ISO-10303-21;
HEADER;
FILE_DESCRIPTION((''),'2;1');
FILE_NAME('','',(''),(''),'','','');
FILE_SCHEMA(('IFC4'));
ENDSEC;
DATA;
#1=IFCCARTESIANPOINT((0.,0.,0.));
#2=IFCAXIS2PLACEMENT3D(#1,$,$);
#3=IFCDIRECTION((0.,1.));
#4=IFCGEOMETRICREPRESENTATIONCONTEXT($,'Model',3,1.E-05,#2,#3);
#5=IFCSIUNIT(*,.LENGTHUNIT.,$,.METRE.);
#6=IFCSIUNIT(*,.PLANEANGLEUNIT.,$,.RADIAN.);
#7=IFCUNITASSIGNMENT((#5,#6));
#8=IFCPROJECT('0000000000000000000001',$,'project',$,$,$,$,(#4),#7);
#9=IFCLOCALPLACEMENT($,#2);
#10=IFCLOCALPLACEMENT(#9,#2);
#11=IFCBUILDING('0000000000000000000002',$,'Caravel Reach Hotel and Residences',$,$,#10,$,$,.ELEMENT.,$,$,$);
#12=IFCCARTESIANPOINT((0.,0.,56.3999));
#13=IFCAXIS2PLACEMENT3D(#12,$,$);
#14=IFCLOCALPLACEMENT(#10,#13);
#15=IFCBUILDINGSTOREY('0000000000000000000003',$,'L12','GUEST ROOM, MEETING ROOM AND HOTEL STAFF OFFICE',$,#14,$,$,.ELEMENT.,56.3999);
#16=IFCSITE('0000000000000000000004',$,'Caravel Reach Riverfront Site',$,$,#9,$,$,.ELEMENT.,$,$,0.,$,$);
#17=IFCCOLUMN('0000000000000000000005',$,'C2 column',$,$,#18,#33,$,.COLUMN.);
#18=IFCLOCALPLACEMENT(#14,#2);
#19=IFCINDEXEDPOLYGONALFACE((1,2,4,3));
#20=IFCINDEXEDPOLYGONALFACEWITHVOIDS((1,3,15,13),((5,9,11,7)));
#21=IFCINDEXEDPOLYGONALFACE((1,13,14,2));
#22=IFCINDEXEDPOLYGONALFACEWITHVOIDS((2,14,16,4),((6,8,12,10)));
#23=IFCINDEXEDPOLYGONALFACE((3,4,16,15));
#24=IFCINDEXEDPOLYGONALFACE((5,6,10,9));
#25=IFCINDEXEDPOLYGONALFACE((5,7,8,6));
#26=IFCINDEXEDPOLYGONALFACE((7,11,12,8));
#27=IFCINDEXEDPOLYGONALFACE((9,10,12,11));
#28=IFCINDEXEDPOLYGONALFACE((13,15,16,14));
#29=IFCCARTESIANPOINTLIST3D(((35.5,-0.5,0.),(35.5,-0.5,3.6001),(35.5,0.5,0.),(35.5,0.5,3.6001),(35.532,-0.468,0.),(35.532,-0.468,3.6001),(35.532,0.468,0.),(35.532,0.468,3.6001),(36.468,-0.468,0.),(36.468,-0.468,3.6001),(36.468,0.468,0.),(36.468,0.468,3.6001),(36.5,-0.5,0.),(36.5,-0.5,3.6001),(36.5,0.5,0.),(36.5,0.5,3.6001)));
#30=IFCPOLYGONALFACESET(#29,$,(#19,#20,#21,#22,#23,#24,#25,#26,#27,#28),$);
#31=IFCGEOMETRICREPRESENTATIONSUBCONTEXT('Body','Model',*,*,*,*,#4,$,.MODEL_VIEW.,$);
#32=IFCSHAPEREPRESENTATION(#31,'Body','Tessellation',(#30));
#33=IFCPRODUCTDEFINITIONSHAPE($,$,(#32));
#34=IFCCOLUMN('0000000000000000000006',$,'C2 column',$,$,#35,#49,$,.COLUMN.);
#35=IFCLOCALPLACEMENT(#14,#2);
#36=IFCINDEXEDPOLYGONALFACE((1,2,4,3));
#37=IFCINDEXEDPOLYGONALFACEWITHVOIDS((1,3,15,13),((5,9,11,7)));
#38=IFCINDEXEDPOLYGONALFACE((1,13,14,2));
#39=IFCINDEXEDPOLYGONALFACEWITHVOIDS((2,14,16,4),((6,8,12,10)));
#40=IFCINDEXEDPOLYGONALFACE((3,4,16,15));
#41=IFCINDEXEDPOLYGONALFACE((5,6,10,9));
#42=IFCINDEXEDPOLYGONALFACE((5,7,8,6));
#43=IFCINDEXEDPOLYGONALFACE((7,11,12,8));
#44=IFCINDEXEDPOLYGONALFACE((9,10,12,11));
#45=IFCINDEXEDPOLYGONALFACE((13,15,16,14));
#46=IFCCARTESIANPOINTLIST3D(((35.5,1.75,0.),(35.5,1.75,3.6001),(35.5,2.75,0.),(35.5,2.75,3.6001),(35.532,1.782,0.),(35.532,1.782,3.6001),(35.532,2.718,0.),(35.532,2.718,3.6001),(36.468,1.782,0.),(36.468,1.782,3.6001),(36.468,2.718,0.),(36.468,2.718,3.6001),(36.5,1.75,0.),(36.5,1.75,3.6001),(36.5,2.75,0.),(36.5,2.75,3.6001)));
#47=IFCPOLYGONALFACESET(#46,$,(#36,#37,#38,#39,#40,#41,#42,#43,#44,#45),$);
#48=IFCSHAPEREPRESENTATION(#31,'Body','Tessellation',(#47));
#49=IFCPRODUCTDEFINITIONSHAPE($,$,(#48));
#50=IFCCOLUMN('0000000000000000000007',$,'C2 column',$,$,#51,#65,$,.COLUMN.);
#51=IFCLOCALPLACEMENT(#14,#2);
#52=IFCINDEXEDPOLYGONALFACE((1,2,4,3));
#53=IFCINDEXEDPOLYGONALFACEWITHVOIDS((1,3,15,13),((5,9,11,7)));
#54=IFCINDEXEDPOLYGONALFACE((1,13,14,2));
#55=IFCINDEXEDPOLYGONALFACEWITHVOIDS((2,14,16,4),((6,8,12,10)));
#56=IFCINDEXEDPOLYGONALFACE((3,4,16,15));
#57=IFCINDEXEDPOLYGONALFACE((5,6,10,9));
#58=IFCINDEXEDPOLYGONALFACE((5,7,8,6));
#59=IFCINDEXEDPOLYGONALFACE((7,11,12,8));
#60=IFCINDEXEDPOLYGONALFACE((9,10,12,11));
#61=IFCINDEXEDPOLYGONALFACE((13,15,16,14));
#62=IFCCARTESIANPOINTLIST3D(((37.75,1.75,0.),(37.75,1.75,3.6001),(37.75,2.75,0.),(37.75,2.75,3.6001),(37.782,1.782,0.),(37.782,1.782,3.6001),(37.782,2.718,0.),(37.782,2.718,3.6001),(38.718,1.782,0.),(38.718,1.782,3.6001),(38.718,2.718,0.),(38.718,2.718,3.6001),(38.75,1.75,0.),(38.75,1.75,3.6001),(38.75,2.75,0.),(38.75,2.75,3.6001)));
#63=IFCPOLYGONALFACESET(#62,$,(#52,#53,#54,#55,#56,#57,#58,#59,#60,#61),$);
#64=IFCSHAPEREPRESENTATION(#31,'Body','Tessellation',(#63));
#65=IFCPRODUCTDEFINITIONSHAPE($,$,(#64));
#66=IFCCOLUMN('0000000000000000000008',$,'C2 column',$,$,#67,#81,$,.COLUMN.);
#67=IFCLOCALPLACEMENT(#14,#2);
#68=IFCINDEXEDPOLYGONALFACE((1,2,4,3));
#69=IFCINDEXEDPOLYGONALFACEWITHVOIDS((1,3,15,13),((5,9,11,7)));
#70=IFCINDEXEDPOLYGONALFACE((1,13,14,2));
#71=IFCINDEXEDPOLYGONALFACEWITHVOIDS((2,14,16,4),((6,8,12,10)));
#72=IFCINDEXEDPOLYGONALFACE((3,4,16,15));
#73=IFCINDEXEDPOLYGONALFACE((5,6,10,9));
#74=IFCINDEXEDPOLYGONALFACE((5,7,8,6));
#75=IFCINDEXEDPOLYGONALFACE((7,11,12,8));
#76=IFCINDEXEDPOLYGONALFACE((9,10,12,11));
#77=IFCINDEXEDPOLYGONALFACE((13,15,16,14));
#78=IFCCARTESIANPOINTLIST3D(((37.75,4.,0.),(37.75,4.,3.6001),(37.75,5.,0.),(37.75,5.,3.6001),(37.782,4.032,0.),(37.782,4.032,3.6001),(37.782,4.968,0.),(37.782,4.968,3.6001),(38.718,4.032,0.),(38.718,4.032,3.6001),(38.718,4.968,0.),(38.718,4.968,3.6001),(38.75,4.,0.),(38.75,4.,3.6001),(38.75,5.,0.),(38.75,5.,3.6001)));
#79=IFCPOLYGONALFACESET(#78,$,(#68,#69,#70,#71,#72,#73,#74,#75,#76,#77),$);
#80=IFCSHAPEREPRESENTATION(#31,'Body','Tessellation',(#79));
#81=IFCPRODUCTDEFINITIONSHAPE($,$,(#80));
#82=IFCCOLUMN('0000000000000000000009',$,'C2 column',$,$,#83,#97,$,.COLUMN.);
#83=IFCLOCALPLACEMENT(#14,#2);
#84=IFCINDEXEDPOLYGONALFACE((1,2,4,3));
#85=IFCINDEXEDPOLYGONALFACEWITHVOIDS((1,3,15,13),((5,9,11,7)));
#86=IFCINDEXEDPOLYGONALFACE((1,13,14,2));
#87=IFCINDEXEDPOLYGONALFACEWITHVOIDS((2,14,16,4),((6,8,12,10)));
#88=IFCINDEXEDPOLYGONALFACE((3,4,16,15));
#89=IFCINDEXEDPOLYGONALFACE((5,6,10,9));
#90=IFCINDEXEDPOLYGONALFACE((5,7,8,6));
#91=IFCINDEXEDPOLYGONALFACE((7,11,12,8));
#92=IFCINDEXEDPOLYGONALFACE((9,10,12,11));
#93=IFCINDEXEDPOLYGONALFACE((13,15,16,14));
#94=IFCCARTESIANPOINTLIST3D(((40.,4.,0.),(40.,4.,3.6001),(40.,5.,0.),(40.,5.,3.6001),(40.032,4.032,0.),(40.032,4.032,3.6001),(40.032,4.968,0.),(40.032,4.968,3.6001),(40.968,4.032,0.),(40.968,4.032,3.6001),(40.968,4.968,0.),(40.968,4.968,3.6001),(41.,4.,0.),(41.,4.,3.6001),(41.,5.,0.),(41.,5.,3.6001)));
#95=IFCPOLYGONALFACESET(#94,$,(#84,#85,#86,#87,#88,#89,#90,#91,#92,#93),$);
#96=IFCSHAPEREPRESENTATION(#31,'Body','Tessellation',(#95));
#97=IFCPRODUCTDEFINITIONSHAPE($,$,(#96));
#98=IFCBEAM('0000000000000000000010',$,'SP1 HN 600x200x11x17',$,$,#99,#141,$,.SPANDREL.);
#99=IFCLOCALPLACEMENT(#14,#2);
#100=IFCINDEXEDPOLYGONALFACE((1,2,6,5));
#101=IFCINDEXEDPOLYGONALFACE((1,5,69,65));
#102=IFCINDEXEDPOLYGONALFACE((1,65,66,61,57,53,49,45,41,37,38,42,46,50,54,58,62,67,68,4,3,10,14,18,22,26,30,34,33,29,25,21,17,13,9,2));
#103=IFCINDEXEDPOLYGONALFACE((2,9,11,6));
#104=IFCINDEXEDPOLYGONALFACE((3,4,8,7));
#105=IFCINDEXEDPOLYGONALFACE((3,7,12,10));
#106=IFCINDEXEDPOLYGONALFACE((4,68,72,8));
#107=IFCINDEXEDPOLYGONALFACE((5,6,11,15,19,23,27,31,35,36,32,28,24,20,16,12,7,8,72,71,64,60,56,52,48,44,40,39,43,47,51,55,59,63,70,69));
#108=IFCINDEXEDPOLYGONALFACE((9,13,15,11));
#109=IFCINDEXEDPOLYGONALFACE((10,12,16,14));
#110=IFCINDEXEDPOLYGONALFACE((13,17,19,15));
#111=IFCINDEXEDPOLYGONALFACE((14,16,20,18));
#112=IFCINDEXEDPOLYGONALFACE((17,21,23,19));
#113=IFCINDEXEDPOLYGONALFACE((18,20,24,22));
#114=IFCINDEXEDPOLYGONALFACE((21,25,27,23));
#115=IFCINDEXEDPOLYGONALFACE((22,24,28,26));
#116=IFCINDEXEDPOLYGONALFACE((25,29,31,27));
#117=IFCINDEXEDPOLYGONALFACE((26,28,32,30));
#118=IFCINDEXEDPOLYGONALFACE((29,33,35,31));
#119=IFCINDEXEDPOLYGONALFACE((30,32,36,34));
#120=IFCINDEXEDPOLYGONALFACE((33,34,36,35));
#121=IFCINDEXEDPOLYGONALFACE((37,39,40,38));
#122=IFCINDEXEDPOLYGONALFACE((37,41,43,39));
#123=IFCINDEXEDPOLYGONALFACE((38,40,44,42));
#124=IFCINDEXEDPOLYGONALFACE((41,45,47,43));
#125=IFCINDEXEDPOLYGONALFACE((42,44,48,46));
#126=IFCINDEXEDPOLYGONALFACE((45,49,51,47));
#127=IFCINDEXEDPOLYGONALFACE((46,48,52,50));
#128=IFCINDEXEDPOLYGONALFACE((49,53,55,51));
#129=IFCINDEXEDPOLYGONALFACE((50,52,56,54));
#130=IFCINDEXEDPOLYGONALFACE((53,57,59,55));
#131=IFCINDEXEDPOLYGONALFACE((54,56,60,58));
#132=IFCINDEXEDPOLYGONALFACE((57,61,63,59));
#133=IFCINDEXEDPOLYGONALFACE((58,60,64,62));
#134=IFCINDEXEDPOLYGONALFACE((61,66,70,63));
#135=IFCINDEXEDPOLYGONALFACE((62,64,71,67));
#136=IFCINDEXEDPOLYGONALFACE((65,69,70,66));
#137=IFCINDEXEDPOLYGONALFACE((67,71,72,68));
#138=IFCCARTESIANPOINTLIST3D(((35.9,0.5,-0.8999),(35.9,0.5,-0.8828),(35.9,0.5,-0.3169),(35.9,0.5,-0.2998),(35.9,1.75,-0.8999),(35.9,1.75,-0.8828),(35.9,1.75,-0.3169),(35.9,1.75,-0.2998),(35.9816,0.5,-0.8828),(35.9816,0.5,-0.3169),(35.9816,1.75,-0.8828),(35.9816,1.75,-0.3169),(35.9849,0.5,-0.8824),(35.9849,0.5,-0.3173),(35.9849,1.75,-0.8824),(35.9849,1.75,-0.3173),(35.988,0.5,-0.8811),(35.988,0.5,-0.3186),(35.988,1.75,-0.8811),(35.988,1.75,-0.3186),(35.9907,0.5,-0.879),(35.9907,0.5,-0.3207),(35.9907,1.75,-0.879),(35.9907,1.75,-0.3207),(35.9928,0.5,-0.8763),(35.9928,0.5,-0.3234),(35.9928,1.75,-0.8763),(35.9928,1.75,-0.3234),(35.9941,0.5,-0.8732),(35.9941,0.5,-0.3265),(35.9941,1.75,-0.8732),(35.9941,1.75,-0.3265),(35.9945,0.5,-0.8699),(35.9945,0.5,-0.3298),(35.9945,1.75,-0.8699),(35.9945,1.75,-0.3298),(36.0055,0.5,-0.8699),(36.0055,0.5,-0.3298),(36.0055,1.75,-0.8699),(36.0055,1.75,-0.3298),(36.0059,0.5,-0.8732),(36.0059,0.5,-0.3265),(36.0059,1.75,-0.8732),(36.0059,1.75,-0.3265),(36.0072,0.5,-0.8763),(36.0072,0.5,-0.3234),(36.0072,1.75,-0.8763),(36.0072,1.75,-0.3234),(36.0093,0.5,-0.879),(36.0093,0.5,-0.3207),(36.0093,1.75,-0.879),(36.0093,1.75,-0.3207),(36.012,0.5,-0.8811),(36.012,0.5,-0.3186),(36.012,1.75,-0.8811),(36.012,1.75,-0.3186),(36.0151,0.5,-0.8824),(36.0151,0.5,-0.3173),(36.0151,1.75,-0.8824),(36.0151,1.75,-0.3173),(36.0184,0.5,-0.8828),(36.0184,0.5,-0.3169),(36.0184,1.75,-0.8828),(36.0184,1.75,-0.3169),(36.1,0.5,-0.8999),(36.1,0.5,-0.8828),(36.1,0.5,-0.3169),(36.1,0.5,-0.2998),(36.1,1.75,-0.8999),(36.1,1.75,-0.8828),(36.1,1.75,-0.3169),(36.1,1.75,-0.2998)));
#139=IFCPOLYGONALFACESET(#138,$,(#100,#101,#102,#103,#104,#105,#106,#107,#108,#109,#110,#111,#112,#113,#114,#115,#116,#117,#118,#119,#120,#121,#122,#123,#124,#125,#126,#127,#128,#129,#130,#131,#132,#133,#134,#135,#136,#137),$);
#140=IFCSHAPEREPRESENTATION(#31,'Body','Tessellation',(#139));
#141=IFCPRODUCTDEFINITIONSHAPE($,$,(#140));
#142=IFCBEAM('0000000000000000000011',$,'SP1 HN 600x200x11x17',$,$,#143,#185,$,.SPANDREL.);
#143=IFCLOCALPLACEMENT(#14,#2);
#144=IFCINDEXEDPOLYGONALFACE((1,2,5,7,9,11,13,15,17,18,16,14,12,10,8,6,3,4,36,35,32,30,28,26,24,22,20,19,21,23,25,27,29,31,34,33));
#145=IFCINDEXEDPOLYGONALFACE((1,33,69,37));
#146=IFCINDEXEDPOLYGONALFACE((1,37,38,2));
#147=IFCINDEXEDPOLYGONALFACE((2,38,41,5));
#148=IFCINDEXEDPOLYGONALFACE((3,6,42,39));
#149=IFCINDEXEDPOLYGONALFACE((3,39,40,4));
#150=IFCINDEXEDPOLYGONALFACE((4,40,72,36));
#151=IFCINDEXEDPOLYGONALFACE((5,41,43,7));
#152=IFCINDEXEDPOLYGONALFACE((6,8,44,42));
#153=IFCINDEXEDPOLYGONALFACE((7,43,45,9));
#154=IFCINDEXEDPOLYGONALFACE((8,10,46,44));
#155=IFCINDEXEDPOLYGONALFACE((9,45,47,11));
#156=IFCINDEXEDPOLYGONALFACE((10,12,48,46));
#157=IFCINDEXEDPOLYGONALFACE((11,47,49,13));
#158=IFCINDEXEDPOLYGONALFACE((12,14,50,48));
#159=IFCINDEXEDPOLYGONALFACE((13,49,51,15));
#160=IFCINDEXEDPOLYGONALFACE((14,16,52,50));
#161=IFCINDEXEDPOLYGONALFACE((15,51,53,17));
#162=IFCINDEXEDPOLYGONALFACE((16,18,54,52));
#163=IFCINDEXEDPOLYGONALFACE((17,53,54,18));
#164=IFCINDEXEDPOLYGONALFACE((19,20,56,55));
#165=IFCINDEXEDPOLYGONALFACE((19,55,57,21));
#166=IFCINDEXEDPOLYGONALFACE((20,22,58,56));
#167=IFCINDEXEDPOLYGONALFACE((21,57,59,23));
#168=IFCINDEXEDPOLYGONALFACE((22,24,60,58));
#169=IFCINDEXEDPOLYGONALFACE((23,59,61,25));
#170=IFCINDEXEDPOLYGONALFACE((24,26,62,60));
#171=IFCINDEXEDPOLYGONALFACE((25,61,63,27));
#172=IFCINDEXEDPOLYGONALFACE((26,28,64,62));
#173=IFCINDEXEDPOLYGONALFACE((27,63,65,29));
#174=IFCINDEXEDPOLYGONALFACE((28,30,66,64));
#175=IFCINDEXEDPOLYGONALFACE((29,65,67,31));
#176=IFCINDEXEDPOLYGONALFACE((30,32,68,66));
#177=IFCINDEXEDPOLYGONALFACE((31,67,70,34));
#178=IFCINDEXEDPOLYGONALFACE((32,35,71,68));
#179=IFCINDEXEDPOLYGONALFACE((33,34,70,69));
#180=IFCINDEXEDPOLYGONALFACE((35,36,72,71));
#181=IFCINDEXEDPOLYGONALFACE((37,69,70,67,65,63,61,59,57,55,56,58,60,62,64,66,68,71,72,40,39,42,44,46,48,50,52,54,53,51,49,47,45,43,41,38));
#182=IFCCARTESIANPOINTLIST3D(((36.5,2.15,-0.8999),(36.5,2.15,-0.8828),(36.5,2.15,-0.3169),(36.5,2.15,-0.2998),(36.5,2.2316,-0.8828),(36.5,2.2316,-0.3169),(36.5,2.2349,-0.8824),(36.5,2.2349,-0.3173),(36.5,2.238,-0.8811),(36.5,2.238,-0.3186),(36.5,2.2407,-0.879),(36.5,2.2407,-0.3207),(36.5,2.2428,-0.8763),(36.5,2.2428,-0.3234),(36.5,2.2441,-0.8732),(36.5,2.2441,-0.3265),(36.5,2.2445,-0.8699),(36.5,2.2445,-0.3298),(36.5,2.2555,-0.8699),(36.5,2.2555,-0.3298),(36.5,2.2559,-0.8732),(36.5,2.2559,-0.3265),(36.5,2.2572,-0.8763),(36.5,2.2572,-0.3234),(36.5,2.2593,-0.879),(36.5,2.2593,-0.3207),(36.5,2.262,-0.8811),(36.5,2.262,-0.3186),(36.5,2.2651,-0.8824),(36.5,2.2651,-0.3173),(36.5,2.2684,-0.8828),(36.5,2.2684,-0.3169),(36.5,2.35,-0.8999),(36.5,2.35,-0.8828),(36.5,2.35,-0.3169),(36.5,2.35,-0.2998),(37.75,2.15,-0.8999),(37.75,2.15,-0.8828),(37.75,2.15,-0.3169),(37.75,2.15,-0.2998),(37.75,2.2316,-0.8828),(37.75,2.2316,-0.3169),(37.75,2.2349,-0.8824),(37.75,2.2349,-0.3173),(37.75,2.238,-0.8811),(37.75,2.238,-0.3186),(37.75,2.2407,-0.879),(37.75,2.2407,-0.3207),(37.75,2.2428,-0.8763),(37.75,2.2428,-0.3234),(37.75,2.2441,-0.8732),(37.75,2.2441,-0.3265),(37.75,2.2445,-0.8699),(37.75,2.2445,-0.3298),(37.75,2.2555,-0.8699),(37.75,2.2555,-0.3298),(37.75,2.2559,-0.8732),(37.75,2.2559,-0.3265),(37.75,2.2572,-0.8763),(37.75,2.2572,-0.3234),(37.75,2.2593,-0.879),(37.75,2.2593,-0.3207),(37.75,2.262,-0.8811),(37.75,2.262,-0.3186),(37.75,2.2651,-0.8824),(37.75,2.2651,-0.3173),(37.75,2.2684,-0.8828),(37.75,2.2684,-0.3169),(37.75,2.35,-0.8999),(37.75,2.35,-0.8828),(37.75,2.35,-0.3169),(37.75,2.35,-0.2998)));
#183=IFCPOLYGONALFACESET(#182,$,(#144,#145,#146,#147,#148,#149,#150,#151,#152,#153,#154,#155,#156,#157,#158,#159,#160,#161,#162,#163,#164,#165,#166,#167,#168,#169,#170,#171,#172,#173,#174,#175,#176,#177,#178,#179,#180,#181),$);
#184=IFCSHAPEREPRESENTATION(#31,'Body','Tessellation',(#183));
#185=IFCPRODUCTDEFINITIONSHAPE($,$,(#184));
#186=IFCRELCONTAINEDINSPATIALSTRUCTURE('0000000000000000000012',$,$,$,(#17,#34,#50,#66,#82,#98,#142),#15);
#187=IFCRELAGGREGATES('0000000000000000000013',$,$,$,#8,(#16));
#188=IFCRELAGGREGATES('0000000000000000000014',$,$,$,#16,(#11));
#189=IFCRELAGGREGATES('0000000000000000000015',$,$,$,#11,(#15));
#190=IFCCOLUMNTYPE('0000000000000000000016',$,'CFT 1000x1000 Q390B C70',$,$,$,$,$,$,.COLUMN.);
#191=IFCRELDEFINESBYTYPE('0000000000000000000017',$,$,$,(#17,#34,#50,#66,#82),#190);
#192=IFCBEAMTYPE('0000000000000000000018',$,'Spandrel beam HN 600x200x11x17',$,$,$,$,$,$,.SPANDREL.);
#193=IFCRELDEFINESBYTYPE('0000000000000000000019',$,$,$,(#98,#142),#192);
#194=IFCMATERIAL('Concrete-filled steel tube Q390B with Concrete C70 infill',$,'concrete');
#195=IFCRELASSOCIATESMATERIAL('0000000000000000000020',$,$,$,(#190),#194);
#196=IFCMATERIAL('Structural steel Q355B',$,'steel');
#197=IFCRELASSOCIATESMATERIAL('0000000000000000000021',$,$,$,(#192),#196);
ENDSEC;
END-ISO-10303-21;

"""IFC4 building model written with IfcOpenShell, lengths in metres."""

from ifc_helpers import new_model, si_unit, direction, frame, origin, origin_2d, place, context, subcontext, project, spatial, hollow_rectangle, i_section, extrude, material, material_profile, profile_set, type_object, element, save


model = new_model("IFC4")

# Units and contexts
model_context = context("Model", 3, precision=1e-05, world=origin(), true_north=direction((0.0, 1.0)))
body_context = subcontext(model_context, "Body", "Model", "MODEL_VIEW")
ifc_project = project(units=[si_unit("LENGTHUNIT", "METRE"), si_unit("PLANEANGLEUNIT", "RADIAN")], contexts=[model_context])

# Site, building, storey
site_placement = place(None, origin())
site = spatial("IfcSite", under=ifc_project, at=site_placement, Name="Caravel Reach Riverfront Site", CompositionType="ELEMENT", RefElevation=0.0)
building_placement = place(site_placement, origin())
building = spatial("IfcBuilding", under=site, at=building_placement, Name="Caravel Reach Hotel and Residences", CompositionType="ELEMENT")
storey_placement = place(building_placement, frame((0.0, 0.0, 56.3999)))
storey = spatial("IfcBuildingStorey", under=building, at=storey_placement, Name="L12", Description="GUEST ROOM, MEETING ROOM AND HOTEL STAFF OFFICE", CompositionType="ELEMENT", Elevation=56.3999)

# Columns
ifc_material_1 = material(Name="Concrete-filled steel tube Q390B with Concrete C70 infill", Category="concrete")
ifc_material_profile_1 = material_profile(ifc_material_1, hollow_rectangle(XDim=1.0, YDim=1.0, WallThickness=0.032, at=origin_2d()), Name="RHS 1000x1000x32")
ifc_profile_set_1 = profile_set([ifc_material_profile_1], Name="Concrete-filled steel tube Q390B with Concrete C70 infill")
column_type = type_object("IfcColumnType", Name="CFT 1000x1000 Q390B C70", PredefinedType="COLUMN", material=ifc_profile_set_1)
for number, where, z_axis, x_axis, name in (
    (1, (36.0, 0.0, 0.0), (0.0, 0.0, 1.0), (1.0, 0.0, 0.0), "C2 column"),
    (2, (36.0, 2.25, 0.0), (0.0, 0.0, 1.0), (1.0, 0.0, 0.0), "C2 column"),
    (3, (38.25, 2.25, 0.0), (0.0, 0.0, 1.0), (1.0, 0.0, 0.0), "C2 column"),
    (4, (38.25, 4.5, 0.0), (0.0, 0.0, 1.0), (1.0, 0.0, 0.0), "C2 column"),
    (5, (40.5, 4.5, 0.0), (0.0, 0.0, 1.0), (1.0, 0.0, 0.0), "C2 column"),
):
    element("IfcColumn", number, at=place(storey_placement, frame(where, z_axis=z_axis, x_axis=x_axis)), inside=storey, type_object=column_type, Name=name, PredefinedType="COLUMN", context=body_context, shape_type="SweptSolid", body=[
        extrude(hollow_rectangle(XDim=1.0, YDim=1.0, WallThickness=0.032, at=origin_2d()), origin(), (0.0, 0.0, 1.0), 3.6001),
    ])

# Beams
ifc_material_2 = material(Name="Structural steel Q355B", Category="steel")
ifc_material_profile_2 = material_profile(ifc_material_2, i_section(OverallWidth=0.2, OverallDepth=0.6001, WebThickness=0.011, FlangeThickness=0.0171, FilletRadius=0.0129, at=origin_2d()), Name="HN 600x200x11x17")
ifc_profile_set_2 = profile_set([ifc_material_profile_2], Name="Structural steel Q355B")
beam_type = type_object("IfcBeamType", Name="Spandrel beam HN 600x200x11x17", PredefinedType="SPANDREL", material=ifc_profile_set_2)
for number, where, z_axis, x_axis, name in (
    (6, (36.0, 0.5, -0.5999), (0.0, 1.0, 0.0), (-1.0, 0.0, 0.0), "SP1 HN 600x200x11x17"),
    (7, (36.5, 2.25, -0.5999), (1.0, 0.0, 0.0), (0.0, 1.0, 0.0), "SP1 HN 600x200x11x17"),
):
    element("IfcBeam", number, at=place(storey_placement, frame(where, z_axis=z_axis, x_axis=x_axis)), inside=storey, type_object=beam_type, Name=name, PredefinedType="SPANDREL", context=body_context, shape_type="SweptSolid", body=[
        extrude(i_section(OverallWidth=0.2, OverallDepth=0.6001, WebThickness=0.011, FlangeThickness=0.0171, FilletRadius=0.0129, at=origin_2d()), origin(), (0.0, 0.0, 1.0), 1.25),
    ])

save(model, "model.ifc")
